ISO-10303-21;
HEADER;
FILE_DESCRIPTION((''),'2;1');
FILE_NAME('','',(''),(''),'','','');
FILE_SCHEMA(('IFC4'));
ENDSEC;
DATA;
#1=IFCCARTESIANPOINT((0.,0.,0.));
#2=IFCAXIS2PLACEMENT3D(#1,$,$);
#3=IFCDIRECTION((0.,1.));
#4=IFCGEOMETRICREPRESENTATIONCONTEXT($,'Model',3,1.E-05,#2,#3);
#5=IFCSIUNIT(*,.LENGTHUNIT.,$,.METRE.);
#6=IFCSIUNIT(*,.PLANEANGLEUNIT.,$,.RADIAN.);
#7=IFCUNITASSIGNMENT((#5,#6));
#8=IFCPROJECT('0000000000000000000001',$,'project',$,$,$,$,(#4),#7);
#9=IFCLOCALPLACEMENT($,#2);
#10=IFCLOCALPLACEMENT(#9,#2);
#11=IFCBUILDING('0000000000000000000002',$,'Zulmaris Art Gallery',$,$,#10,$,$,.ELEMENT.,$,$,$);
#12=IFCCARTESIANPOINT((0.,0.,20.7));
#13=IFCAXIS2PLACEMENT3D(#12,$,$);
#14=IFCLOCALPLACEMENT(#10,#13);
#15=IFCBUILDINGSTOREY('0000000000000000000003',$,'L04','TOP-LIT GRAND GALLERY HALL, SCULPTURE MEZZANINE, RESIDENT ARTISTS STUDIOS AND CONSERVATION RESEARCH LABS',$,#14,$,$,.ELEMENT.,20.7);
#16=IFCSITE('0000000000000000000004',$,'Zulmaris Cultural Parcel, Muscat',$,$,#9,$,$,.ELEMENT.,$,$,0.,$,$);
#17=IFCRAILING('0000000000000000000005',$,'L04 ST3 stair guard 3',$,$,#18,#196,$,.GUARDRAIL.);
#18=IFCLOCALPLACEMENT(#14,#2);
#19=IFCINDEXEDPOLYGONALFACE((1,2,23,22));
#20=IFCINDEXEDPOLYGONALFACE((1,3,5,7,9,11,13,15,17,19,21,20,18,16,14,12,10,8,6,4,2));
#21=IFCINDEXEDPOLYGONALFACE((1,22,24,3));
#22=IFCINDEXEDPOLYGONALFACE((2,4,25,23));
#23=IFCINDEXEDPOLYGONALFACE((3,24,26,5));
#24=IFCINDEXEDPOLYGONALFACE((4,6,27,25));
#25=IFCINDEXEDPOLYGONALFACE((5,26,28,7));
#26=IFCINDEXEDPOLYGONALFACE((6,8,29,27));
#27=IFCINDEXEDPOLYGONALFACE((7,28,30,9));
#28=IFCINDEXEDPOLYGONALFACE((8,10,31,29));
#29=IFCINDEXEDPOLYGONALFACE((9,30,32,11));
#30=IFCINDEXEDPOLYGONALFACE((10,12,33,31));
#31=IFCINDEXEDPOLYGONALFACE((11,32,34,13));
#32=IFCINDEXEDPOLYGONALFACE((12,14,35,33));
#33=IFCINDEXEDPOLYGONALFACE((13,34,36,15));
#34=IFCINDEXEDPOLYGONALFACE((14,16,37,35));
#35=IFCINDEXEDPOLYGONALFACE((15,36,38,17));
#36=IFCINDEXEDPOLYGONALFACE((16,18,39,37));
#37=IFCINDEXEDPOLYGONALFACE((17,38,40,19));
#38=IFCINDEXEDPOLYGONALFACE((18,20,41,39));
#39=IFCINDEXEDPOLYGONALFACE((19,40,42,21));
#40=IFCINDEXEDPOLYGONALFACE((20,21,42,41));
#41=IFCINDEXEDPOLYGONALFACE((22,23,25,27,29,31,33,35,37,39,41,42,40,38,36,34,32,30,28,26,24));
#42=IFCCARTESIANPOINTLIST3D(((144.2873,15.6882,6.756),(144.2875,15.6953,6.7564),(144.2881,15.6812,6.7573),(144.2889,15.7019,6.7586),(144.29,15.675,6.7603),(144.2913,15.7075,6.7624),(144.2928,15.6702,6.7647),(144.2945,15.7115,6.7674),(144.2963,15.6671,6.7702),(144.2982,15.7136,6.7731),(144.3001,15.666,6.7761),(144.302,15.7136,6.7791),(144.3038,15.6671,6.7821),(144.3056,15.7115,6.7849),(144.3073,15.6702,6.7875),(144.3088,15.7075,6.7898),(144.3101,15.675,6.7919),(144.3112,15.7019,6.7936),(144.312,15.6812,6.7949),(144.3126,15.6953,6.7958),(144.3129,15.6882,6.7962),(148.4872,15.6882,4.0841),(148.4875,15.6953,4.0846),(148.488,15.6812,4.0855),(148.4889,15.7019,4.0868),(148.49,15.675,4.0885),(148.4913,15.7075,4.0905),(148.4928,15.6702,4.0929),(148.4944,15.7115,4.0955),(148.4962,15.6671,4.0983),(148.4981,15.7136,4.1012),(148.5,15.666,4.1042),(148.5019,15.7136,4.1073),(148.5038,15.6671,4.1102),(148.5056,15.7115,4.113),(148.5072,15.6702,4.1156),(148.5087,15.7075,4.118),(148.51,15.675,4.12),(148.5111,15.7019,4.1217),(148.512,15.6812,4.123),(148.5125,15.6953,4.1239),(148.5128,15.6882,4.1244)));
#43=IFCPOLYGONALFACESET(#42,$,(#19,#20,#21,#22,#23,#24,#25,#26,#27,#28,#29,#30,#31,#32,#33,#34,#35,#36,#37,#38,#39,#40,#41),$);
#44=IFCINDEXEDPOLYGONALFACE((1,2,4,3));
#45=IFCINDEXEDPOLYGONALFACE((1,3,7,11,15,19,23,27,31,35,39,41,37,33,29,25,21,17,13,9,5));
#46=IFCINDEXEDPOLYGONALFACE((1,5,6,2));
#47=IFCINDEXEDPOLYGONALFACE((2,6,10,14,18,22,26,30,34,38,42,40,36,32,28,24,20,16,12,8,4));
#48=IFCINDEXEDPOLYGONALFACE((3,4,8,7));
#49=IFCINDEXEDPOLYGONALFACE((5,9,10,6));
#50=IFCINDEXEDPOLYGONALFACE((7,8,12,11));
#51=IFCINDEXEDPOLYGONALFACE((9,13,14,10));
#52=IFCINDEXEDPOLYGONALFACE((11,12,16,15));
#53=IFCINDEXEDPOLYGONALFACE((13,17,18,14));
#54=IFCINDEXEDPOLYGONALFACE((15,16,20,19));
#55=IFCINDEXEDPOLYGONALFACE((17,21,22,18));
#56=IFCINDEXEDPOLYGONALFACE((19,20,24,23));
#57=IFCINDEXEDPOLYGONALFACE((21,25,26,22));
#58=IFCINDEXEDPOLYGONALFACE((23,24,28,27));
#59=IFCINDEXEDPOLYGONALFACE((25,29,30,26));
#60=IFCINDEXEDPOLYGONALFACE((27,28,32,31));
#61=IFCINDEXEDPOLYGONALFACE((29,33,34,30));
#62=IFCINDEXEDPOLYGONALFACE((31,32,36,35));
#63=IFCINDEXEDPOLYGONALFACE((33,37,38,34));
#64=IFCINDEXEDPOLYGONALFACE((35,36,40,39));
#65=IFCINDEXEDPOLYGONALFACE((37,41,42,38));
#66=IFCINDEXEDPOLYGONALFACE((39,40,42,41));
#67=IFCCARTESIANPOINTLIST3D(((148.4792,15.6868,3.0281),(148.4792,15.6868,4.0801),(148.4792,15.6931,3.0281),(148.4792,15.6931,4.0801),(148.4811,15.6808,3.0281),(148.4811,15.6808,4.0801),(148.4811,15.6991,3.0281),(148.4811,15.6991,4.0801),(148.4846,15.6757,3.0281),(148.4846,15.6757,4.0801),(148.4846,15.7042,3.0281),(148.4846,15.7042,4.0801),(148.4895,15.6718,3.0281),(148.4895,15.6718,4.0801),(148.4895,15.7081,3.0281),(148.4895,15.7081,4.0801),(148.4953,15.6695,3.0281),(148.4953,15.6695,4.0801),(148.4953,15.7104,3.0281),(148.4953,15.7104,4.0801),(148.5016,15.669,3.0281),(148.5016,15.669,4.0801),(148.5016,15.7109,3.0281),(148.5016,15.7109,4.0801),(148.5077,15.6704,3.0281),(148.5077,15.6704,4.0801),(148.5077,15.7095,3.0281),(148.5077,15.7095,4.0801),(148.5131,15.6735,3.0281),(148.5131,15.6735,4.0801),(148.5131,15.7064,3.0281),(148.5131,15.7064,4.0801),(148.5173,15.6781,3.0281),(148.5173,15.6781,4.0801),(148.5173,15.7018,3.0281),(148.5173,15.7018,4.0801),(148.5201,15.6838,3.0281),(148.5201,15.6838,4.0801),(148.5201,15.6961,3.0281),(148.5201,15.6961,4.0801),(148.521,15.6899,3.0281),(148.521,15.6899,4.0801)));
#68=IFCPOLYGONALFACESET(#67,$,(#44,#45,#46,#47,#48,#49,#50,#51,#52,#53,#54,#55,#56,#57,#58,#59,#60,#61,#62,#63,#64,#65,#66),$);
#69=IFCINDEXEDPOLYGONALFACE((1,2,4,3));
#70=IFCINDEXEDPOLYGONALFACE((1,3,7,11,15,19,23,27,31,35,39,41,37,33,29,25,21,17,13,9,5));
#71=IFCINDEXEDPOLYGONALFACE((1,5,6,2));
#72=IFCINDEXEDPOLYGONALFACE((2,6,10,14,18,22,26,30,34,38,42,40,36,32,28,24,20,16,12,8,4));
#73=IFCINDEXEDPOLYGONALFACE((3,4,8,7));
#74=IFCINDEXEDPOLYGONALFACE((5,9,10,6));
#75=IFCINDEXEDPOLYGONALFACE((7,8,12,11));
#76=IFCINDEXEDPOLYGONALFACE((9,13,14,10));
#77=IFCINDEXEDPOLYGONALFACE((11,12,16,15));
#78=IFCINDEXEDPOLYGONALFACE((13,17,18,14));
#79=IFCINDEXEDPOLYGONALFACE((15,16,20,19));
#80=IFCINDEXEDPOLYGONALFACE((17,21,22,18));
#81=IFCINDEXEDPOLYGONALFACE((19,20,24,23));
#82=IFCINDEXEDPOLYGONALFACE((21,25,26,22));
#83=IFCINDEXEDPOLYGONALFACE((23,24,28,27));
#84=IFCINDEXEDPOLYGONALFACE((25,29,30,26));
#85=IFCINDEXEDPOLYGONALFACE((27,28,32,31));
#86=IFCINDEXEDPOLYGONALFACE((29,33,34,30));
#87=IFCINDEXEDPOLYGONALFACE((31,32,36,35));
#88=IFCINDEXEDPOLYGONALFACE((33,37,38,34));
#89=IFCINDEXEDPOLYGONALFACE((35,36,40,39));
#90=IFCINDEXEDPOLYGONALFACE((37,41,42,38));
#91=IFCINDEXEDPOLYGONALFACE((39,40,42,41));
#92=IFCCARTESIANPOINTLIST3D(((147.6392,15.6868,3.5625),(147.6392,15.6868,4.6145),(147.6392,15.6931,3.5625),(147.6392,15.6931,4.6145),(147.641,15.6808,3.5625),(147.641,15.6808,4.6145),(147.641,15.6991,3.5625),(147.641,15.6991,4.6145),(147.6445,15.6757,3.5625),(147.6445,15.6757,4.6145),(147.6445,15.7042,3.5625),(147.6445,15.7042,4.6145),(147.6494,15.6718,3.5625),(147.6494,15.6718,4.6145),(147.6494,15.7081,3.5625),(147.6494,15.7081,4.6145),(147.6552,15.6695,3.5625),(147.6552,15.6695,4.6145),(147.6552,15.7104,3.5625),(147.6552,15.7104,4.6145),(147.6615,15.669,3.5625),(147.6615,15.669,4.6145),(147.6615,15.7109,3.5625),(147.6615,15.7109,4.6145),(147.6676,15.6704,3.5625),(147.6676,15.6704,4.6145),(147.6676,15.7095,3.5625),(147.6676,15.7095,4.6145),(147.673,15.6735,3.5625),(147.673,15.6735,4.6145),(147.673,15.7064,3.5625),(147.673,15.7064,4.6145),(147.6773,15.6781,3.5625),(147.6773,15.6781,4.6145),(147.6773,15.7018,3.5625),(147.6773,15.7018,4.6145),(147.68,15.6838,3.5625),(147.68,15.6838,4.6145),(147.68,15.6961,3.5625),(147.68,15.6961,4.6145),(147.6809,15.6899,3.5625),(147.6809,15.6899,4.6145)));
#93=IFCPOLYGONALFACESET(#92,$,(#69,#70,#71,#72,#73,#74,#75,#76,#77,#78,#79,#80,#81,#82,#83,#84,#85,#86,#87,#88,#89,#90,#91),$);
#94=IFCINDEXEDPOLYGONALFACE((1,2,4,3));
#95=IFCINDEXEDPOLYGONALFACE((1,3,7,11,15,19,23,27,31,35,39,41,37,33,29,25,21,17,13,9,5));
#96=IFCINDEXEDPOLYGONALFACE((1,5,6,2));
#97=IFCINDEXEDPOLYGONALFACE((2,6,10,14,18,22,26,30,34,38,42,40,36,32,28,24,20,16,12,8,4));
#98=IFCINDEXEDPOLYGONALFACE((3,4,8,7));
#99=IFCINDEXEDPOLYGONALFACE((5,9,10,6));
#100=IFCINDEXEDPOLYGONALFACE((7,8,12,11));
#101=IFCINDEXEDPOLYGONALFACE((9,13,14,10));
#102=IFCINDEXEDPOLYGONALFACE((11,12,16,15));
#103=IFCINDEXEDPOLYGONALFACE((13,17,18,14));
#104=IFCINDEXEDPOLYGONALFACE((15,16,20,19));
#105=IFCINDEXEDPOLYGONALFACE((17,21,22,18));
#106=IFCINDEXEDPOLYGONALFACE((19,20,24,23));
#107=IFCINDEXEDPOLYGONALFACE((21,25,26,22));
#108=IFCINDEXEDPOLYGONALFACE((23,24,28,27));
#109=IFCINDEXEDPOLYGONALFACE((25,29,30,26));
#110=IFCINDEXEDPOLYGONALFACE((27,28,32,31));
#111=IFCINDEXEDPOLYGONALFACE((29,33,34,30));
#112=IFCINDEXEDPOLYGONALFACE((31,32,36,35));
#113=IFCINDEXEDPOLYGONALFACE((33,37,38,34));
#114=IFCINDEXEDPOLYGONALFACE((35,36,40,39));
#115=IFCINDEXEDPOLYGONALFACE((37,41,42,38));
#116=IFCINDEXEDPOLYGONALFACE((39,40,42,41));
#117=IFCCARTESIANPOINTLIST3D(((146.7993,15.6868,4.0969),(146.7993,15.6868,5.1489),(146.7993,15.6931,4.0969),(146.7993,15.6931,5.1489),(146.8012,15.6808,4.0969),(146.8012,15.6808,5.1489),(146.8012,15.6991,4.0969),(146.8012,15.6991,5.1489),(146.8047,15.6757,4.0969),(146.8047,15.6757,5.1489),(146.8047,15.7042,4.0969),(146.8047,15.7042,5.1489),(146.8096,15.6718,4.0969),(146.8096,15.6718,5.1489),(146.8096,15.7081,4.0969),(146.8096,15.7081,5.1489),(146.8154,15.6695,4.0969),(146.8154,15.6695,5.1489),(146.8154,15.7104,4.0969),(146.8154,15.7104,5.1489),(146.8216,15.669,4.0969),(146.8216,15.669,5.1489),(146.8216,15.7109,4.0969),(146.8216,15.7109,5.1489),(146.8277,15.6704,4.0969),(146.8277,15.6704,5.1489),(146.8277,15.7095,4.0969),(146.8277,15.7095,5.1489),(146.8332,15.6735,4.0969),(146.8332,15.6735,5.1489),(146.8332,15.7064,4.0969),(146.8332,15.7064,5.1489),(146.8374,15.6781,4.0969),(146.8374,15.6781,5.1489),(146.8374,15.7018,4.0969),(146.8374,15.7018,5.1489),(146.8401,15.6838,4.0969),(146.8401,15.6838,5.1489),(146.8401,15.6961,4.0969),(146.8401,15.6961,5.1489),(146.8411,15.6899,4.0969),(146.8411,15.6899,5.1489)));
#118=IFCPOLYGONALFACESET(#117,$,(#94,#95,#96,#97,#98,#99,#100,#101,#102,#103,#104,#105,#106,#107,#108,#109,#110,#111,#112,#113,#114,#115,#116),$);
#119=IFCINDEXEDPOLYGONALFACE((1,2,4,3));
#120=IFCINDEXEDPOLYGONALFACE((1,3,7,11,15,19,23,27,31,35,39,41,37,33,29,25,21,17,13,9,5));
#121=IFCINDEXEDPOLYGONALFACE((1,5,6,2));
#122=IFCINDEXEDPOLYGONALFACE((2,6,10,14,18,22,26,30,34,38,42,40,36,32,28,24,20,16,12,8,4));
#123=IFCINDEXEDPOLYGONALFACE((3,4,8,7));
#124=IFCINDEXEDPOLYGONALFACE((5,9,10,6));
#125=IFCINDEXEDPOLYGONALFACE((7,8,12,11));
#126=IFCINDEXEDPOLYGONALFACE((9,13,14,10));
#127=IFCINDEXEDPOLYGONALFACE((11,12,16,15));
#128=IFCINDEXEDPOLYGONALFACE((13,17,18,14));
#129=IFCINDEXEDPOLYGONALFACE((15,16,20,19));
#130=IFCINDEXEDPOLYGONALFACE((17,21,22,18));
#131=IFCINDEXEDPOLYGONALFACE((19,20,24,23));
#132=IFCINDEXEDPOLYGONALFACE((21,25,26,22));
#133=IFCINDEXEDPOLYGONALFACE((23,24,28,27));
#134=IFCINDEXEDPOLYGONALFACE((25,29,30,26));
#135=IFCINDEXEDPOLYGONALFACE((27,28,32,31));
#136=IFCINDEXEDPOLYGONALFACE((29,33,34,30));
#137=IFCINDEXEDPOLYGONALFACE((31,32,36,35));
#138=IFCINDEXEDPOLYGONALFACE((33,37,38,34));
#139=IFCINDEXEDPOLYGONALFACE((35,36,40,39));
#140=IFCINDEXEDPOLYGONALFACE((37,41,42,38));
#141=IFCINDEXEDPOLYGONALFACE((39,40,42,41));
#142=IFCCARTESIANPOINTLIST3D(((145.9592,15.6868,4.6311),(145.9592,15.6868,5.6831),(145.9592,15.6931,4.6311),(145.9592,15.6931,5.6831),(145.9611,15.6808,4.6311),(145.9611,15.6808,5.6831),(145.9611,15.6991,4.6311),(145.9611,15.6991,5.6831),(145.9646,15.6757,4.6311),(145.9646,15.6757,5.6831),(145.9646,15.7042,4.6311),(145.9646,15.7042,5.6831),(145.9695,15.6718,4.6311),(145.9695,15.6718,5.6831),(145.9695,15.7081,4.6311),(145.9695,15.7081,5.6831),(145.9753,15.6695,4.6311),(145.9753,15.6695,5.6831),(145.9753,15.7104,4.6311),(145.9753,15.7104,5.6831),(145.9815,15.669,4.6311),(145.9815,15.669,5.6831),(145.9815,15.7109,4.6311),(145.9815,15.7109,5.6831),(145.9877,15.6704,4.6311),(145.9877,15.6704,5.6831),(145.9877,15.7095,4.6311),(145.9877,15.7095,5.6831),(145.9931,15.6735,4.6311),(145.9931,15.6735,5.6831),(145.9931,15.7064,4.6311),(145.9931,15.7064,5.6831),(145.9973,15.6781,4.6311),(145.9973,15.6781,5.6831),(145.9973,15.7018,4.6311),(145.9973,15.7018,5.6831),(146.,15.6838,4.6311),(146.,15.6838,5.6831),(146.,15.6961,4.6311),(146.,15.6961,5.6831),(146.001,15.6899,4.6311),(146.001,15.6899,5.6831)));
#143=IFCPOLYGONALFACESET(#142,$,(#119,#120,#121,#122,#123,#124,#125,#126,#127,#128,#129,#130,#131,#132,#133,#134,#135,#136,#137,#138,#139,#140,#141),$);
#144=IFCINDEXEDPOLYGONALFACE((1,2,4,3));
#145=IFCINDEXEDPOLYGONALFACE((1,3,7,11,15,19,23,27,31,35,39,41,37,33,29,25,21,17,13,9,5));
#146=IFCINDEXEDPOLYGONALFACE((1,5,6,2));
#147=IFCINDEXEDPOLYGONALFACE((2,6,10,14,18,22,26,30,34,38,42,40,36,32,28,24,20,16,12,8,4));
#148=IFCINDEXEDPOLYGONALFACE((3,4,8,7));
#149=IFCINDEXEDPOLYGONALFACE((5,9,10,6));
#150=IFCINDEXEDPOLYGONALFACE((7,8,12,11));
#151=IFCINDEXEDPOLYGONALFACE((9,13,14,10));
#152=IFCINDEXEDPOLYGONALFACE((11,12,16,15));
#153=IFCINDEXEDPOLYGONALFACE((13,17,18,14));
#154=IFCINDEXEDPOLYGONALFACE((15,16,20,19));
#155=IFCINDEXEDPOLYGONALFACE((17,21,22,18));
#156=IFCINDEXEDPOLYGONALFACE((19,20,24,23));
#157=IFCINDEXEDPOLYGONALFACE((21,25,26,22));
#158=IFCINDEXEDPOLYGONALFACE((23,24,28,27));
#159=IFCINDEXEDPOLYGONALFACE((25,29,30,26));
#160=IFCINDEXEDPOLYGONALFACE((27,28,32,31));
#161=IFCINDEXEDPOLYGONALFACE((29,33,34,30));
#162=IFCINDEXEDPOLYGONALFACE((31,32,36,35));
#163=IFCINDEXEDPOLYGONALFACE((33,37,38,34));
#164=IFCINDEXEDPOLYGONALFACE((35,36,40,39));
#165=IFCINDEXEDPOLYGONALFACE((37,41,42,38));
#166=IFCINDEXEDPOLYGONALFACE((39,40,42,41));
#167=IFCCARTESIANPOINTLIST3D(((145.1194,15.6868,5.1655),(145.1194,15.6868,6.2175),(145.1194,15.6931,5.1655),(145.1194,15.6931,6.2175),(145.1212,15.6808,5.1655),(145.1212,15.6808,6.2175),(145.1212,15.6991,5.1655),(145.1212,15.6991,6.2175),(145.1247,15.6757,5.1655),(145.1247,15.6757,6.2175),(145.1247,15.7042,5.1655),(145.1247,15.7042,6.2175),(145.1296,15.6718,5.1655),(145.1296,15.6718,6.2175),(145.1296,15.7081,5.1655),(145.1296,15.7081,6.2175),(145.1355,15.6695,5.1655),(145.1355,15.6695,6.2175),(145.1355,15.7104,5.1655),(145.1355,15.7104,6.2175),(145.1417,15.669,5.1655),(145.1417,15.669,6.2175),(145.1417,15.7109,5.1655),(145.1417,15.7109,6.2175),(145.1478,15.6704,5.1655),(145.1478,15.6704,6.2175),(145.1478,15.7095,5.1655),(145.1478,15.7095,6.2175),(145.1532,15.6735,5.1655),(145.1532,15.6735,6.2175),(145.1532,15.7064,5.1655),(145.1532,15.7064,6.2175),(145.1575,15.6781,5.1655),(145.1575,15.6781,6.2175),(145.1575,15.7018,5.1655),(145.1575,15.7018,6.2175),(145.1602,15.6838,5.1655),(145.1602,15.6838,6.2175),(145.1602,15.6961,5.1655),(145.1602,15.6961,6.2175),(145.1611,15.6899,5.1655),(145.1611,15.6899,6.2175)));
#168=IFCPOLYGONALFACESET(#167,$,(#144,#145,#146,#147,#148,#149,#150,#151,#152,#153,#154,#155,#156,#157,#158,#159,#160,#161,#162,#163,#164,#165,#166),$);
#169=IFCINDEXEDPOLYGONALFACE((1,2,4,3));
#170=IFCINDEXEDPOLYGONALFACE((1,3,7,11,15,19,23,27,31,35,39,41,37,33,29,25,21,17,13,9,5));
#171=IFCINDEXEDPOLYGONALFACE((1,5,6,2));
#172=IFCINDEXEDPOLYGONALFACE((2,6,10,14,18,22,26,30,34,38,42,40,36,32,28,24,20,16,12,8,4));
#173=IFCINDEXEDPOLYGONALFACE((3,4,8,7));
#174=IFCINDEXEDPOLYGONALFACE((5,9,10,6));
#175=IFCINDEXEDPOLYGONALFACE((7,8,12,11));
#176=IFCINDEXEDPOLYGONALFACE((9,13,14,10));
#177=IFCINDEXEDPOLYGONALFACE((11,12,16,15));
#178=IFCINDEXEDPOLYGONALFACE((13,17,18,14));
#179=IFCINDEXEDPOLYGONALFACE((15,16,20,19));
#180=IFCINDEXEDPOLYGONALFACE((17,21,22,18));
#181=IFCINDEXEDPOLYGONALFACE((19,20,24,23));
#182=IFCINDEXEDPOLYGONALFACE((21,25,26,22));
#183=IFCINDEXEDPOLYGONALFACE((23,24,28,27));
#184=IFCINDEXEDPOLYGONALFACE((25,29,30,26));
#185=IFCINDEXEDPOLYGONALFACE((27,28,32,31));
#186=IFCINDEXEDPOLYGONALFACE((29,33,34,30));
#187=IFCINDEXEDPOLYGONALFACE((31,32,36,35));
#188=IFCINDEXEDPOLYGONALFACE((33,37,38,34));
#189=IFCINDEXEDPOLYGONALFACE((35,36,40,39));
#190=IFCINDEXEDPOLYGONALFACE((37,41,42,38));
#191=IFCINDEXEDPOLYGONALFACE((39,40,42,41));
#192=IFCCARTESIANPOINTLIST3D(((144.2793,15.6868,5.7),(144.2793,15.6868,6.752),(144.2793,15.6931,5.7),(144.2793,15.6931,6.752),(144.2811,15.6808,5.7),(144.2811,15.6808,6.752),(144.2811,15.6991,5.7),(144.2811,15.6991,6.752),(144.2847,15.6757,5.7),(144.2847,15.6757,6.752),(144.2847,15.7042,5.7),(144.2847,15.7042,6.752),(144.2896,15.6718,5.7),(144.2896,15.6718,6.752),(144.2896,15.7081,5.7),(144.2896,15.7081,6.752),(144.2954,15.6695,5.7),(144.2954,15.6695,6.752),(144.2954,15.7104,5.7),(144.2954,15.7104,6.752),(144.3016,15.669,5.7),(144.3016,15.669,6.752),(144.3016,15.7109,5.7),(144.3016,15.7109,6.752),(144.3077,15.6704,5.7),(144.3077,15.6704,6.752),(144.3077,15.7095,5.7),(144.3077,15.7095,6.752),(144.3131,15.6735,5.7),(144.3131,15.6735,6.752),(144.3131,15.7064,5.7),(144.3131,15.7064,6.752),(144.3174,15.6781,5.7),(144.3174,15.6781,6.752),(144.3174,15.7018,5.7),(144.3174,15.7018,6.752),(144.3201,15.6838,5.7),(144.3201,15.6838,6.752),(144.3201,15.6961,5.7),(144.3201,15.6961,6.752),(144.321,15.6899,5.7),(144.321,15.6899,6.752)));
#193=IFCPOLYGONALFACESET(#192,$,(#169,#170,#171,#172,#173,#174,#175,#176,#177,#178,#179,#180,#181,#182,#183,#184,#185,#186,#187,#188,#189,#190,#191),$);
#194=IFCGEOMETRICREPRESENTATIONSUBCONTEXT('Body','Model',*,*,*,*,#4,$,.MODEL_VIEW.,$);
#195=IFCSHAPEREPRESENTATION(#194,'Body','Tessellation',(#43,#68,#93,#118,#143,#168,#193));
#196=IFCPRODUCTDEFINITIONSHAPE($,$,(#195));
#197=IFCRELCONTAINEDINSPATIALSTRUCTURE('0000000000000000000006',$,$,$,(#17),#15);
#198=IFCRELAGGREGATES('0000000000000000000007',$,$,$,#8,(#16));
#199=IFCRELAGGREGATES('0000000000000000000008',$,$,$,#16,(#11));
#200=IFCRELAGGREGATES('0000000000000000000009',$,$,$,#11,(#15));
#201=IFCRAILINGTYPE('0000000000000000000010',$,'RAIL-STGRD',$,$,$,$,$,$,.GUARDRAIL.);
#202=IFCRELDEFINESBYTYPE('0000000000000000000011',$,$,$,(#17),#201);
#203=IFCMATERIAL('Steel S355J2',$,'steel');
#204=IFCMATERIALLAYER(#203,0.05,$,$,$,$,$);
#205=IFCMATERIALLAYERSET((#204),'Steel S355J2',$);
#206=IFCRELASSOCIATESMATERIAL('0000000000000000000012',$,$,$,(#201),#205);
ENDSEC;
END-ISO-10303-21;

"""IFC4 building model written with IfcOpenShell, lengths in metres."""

from ifc_helpers import new_model, si_unit, direction, frame, origin, origin_2d, place, context, subcontext, project, spatial, circle, extrude, material, layer, layer_set, type_object, element, save


model = new_model("IFC4")

# Units and contexts
model_context = context("Model", 3, precision=1e-05, world=origin(), true_north=direction((0.0, 1.0)))
body_context = subcontext(model_context, "Body", "Model", "MODEL_VIEW")
ifc_project = project(units=[si_unit("LENGTHUNIT", "METRE"), si_unit("PLANEANGLEUNIT", "RADIAN")], contexts=[model_context])

# Site, building, storey
site_placement = place(None, origin())
site = spatial("IfcSite", under=ifc_project, at=site_placement, Name="Zulmaris Cultural Parcel, Muscat", CompositionType="ELEMENT", RefElevation=0.0)
building_placement = place(site_placement, origin())
building = spatial("IfcBuilding", under=site, at=building_placement, Name="Zulmaris Art Gallery", CompositionType="ELEMENT")
storey_placement = place(building_placement, frame((0.0, 0.0, 20.7)))
storey = spatial("IfcBuildingStorey", under=building, at=storey_placement, Name="L04", Description="TOP-LIT GRAND GALLERY HALL, SCULPTURE MEZZANINE, RESIDENT ARTISTS STUDIOS AND CONSERVATION RESEARCH LABS", CompositionType="ELEMENT", Elevation=20.7)

# Shared definitions
ifc_material_1 = material(Name="Steel S355J2", Category="steel")

# Railing
ifc_layer_1 = layer(ifc_material_1, 0.05)
ifc_layer_set_1 = layer_set([ifc_layer_1], Name="Steel S355J2")
railing_type_1 = type_object("IfcRailingType", Name="RAIL-STGRD", PredefinedType="GUARDRAIL", material=ifc_layer_set_1)
railing_1_placement = place(storey_placement, frame((148.5, 15.6899, 3.0281)))
element("IfcRailing", 1, at=railing_1_placement, inside=storey, type_object=railing_type_1, Name="L04 ST3 stair guard 3", PredefinedType="GUARDRAIL", context=body_context, shape_type="SweptSolid", body=[
    extrude(circle(Radius=0.0239, at=origin_2d()), frame((0.0, 0.0, 1.0762), z_axis=(-0.843736, 0.0, 0.536758), x_axis=(0.0, -1.0, 0.0)), (0.0, 0.0, 1.0), 4.9778),
    extrude(circle(Radius=0.021, at=origin_2d()), origin(), (0.0, 0.0, 1.0), 1.052),
    extrude(circle(Radius=0.021, at=origin_2d()), frame((-0.8401, 0.0, 0.5344)), (0.0, 0.0, 1.0), 1.052),
    extrude(circle(Radius=0.021, at=origin_2d()), frame((-1.6799, 0.0, 1.0688)), (0.0, 0.0, 1.0), 1.052),
    extrude(circle(Radius=0.021, at=origin_2d()), frame((-2.52, 0.0, 1.603)), (0.0, 0.0, 1.0), 1.052),
    extrude(circle(Radius=0.021, at=origin_2d()), frame((-3.3599, 0.0, 2.1375)), (0.0, 0.0, 1.0), 1.052),
    extrude(circle(Radius=0.021, at=origin_2d()), frame((-4.2, 0.0, 2.6719)), (0.0, 0.0, 1.0), 1.052),
])

save(model, "model.ifc")
